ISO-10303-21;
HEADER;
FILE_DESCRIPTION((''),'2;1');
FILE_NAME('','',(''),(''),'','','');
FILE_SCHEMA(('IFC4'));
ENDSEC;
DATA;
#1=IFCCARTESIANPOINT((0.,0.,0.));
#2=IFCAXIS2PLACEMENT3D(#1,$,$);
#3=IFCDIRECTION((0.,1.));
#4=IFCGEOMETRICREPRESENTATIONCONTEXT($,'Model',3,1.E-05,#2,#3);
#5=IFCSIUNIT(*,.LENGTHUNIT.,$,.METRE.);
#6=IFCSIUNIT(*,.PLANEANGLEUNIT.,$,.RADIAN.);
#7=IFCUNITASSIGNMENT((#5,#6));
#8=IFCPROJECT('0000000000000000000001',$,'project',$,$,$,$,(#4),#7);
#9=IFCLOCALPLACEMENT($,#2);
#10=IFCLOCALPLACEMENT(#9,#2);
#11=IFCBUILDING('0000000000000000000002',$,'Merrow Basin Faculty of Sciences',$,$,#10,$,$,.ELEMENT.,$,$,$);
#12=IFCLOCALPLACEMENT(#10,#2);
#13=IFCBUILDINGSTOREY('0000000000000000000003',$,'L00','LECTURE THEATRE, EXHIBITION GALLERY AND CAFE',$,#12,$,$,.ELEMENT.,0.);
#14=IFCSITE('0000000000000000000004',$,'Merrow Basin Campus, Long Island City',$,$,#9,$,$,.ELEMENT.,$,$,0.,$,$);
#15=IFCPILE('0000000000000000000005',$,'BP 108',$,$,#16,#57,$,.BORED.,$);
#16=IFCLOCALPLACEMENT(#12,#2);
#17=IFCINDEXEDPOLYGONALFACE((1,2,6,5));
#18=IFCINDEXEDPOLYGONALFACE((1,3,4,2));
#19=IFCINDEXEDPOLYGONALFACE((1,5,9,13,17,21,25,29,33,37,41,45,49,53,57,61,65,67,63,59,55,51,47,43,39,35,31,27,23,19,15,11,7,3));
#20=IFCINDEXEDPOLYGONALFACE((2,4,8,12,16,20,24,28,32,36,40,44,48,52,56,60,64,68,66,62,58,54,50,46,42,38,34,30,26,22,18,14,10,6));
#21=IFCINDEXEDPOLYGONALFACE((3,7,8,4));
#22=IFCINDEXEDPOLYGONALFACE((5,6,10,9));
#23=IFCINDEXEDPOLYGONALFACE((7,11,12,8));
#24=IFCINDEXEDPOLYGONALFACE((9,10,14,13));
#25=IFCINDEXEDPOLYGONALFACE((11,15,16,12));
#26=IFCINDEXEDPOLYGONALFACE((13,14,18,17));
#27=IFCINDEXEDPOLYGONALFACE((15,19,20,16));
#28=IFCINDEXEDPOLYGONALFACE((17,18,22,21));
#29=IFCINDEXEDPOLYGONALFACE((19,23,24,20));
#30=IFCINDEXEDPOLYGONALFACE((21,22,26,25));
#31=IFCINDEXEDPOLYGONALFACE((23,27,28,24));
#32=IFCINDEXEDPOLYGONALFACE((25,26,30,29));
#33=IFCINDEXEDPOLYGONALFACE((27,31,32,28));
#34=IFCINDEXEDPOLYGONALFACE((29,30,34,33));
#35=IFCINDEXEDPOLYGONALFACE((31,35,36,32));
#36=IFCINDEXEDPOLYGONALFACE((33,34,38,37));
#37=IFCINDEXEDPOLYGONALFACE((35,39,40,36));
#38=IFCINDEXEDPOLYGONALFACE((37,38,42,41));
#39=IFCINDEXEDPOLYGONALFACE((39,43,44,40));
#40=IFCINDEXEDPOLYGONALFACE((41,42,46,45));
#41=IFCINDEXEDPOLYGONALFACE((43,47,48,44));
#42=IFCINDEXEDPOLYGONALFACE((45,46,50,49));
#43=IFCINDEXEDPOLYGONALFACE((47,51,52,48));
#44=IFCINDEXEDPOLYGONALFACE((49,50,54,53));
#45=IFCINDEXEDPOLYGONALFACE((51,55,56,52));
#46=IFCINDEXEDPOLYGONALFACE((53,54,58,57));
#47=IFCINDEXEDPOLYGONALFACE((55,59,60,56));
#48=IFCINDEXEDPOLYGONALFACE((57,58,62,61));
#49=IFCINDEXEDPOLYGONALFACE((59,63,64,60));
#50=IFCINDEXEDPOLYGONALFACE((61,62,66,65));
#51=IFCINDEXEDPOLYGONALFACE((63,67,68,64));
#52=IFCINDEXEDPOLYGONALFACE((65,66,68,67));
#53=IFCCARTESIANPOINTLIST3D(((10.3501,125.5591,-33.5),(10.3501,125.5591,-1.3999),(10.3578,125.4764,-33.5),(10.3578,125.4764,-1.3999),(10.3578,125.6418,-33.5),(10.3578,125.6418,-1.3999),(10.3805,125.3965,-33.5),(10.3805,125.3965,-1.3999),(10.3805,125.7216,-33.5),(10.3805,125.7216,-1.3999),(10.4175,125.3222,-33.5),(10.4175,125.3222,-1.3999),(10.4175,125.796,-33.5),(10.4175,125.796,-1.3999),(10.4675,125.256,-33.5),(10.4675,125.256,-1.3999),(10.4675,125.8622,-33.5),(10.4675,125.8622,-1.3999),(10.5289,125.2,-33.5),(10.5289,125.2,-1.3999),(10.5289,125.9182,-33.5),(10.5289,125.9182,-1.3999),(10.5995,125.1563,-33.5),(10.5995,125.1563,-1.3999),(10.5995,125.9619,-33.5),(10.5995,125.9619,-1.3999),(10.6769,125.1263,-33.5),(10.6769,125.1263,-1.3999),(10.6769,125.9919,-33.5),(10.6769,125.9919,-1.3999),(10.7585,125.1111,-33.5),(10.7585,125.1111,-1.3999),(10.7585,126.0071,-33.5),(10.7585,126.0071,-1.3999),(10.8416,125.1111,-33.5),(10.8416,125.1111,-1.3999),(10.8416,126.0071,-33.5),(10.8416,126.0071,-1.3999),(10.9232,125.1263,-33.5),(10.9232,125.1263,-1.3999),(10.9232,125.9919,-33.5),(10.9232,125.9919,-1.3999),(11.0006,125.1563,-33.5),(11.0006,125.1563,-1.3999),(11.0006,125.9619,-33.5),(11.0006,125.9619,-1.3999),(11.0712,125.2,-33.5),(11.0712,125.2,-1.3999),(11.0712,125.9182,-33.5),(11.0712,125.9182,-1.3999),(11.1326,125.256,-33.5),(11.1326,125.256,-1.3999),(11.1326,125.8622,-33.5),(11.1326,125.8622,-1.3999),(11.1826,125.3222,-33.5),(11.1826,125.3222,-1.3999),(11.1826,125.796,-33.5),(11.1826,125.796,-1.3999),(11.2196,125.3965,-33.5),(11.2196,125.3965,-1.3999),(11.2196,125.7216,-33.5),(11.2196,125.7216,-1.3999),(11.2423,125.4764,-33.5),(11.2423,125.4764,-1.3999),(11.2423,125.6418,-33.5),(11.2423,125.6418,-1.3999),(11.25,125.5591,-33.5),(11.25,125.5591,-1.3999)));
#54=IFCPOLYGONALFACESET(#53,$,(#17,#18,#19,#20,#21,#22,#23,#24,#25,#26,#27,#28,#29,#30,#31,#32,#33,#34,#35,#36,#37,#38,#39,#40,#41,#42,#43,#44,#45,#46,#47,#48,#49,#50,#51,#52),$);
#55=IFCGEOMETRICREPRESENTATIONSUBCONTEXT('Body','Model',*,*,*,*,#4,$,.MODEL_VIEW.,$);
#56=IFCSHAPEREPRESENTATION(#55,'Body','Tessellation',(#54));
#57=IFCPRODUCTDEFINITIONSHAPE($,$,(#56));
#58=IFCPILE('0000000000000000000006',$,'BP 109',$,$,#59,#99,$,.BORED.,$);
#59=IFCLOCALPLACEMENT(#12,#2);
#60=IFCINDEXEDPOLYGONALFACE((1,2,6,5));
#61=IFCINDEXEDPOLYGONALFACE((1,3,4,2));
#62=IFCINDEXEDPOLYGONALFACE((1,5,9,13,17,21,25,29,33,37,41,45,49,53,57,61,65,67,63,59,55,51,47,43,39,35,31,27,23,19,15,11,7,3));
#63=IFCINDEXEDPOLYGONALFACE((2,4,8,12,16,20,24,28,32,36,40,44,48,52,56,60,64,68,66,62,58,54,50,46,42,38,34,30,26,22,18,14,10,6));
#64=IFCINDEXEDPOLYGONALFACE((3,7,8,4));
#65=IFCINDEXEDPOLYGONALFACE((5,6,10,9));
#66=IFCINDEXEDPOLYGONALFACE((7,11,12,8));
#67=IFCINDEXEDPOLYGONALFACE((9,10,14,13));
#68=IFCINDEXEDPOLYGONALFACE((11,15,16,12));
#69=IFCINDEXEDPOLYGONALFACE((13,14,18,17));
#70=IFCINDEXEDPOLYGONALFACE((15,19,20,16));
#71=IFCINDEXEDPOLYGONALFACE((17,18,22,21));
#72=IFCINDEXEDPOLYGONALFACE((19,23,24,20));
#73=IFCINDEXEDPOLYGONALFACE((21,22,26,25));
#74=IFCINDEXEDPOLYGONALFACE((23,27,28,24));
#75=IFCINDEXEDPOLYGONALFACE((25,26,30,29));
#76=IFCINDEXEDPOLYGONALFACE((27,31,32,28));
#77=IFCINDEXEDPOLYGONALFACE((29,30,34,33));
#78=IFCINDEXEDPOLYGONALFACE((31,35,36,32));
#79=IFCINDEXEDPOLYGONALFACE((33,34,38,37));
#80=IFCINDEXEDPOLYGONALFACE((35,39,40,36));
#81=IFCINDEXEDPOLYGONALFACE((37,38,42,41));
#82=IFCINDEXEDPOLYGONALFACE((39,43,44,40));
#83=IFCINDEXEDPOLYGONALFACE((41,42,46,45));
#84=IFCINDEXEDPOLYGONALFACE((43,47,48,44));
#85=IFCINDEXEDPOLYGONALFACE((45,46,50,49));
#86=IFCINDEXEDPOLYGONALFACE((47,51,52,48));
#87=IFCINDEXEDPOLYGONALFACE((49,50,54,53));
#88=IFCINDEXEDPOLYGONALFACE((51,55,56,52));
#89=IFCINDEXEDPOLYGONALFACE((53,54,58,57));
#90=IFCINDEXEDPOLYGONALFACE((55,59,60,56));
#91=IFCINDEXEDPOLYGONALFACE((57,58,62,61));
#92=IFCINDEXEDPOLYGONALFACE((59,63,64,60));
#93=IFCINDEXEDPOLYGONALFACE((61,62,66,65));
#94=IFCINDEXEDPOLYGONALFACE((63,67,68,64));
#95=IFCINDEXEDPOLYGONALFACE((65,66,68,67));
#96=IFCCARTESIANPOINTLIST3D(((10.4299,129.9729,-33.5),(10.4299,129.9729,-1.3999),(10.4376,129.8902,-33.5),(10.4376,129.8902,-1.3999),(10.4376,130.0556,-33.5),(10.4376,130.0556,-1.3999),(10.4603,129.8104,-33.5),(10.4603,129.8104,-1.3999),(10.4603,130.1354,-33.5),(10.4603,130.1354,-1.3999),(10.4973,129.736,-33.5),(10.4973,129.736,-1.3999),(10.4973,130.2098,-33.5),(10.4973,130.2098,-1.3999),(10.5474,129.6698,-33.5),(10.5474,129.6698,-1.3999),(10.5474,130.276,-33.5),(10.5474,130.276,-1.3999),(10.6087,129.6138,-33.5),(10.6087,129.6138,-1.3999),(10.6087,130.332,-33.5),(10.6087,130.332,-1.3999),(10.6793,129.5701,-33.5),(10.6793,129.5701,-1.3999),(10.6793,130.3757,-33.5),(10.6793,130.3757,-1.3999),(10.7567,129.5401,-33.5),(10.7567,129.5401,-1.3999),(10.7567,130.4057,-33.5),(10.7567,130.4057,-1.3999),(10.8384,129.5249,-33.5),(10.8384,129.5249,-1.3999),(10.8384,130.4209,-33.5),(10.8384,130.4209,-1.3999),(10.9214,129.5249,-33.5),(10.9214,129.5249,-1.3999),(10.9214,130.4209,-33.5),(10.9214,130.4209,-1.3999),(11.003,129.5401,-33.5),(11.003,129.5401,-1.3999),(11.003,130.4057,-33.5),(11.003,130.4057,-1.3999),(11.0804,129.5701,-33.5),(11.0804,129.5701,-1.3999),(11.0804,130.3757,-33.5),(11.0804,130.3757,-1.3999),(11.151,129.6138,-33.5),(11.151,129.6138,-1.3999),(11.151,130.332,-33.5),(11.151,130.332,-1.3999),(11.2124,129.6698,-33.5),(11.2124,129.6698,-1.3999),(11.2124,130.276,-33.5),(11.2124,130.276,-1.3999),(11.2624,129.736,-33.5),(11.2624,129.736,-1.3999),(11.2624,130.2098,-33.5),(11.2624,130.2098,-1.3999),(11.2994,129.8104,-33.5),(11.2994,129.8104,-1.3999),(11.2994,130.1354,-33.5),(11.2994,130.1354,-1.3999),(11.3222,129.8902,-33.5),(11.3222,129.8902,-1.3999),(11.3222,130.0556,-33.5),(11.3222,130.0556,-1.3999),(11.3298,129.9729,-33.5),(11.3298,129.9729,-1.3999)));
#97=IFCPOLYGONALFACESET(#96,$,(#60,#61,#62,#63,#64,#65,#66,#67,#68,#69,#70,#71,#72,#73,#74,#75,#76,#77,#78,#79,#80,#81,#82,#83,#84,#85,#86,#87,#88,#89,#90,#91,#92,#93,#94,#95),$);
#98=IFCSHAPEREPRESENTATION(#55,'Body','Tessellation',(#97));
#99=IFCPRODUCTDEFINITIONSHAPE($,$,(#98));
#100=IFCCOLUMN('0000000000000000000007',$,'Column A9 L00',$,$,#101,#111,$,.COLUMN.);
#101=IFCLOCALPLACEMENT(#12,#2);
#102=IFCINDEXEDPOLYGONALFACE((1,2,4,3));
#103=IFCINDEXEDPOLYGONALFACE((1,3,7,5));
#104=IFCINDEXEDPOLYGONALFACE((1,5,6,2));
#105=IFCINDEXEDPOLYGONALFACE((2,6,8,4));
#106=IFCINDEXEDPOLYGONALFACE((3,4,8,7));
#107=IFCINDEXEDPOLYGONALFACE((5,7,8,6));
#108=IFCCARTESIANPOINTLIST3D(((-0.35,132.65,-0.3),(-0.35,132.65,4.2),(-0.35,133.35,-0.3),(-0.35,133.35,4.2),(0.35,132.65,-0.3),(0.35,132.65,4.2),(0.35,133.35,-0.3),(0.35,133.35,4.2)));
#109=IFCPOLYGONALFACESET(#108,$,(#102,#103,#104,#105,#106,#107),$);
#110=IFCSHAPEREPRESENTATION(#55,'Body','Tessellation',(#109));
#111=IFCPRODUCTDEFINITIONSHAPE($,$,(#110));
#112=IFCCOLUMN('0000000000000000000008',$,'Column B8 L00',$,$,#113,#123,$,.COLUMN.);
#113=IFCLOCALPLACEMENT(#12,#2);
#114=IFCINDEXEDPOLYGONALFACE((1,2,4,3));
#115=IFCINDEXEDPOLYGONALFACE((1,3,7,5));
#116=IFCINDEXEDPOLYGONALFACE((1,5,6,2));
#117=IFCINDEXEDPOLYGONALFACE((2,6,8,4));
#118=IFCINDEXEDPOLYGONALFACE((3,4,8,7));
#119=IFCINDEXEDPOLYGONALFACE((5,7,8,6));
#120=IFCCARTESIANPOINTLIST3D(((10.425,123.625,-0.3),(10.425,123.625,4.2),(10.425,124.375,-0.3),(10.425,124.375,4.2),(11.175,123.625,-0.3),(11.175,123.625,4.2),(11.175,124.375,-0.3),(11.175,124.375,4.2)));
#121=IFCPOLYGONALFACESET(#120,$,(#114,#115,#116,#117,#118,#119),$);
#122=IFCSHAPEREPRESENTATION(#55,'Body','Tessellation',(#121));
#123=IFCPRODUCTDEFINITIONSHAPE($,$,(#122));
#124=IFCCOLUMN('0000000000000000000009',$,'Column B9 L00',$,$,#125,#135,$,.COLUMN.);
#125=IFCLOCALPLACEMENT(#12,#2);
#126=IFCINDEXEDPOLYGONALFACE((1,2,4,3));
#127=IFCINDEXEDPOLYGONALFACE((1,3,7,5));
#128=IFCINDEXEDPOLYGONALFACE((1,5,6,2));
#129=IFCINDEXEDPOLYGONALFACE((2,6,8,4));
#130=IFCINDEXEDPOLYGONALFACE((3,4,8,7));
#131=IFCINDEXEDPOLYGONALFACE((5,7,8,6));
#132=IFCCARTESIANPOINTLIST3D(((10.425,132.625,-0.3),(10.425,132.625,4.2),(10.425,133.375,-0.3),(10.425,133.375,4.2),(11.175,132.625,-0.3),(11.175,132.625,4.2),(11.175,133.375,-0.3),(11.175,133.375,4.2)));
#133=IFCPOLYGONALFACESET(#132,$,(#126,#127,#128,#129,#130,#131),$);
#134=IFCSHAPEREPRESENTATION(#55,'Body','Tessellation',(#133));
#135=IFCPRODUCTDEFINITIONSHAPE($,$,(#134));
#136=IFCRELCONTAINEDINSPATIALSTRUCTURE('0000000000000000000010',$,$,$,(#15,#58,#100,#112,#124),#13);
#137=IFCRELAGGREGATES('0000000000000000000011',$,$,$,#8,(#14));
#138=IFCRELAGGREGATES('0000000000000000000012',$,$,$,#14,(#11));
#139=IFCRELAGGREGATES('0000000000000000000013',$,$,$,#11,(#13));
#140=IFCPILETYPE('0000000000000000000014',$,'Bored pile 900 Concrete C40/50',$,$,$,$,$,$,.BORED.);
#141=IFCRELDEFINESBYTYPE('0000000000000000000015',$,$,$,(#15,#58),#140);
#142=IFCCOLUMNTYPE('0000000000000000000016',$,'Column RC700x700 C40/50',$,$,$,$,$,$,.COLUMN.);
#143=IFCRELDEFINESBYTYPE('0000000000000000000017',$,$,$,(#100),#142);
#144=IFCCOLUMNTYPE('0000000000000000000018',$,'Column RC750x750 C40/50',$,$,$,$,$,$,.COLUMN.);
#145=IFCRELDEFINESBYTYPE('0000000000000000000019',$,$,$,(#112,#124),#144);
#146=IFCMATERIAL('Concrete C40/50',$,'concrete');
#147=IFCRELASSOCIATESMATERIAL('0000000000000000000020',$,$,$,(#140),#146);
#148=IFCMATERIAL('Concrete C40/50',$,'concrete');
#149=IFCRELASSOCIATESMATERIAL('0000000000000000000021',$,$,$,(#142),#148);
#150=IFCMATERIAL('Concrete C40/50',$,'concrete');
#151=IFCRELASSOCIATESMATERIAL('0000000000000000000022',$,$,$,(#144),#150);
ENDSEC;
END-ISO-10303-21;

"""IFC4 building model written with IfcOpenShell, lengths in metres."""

from ifc_helpers import new_model, si_unit, direction, frame, origin, origin_2d, place, context, subcontext, project, spatial, rectangle, circle, extrude, material, material_profile, profile_set, type_object, element, save


model = new_model("IFC4")

# Units and contexts
model_context = context("Model", 3, precision=1e-05, world=origin(), true_north=direction((0.0, 1.0)))
body_context = subcontext(model_context, "Body", "Model", "MODEL_VIEW")
ifc_project = project(units=[si_unit("LENGTHUNIT", "METRE"), si_unit("PLANEANGLEUNIT", "RADIAN")], contexts=[model_context])

# Site, building, storey
site_placement = place(None, origin())
site = spatial("IfcSite", under=ifc_project, at=site_placement, Name="Merrow Basin Campus, Long Island City", CompositionType="ELEMENT", RefElevation=0.0)
building_placement = place(site_placement, origin())
building = spatial("IfcBuilding", under=site, at=building_placement, Name="Merrow Basin Faculty of Sciences", CompositionType="ELEMENT")
storey_placement = place(building_placement, origin())
storey = spatial("IfcBuildingStorey", under=building, at=storey_placement, Name="L00", Description="LECTURE THEATRE, EXHIBITION GALLERY AND CAFE", CompositionType="ELEMENT", Elevation=0.0)

# Piles
ifc_material_1 = material(Name="Concrete C40/50", Category="concrete")
ifc_material_profile_1 = material_profile(ifc_material_1, circle(Radius=0.45, at=origin_2d()))
ifc_profile_set_1 = profile_set([ifc_material_profile_1], Name="Concrete C40/50")
pile_type = type_object("IfcPileType", Name="Bored pile 900 Concrete C40/50", PredefinedType="BORED", material=ifc_profile_set_1)
for number, where, z_axis, x_axis, name in (
    (1, (10.8, 125.5591, -1.3999), (0.0, 0.0, -1.0), (1.0, 0.0, 0.0), "BP 108"),
    (2, (10.8799, 129.9729, -1.3999), (0.0, 0.0, -1.0), (1.0, 0.0, 0.0), "BP 109"),
):
    element("IfcPile", number, at=place(storey_placement, frame(where, z_axis=z_axis, x_axis=x_axis)), inside=storey, type_object=pile_type, Name=name, PredefinedType="BORED", context=body_context, shape_type="SweptSolid", body=[
        extrude(circle(Radius=0.45, at=origin_2d()), origin(), (0.0, 0.0, 1.0), 32.1001),
    ])

# Columns
ifc_material_2 = material(Name="Concrete C40/50", Category="concrete")
ifc_material_profile_2 = material_profile(ifc_material_2, rectangle(XDim=0.7, YDim=0.7, at=origin_2d()))
ifc_profile_set_2 = profile_set([ifc_material_profile_2], Name="Concrete C40/50")
column_type_1 = type_object("IfcColumnType", Name="Column RC700x700 C40/50", PredefinedType="COLUMN", material=ifc_profile_set_2)
column_placement = place(storey_placement, frame((0.0, 133.0, -0.3), z_axis=(0.0, 0.0, 1.0), x_axis=(1.0, 0.0, 0.0)))
element("IfcColumn", 3, at=column_placement, inside=storey, type_object=column_type_1, Name="Column A9 L00", PredefinedType="COLUMN", context=body_context, shape_type="SweptSolid", body=[
    extrude(rectangle(XDim=0.7, YDim=0.7, at=origin_2d()), origin(), (0.0, 0.0, 1.0), 4.5),
])
ifc_material_3 = material(Name="Concrete C40/50", Category="concrete")
ifc_material_profile_3 = material_profile(ifc_material_3, rectangle(XDim=0.75, YDim=0.75, at=origin_2d()))
ifc_profile_set_3 = profile_set([ifc_material_profile_3], Name="Concrete C40/50")
column_type_2 = type_object("IfcColumnType", Name="Column RC750x750 C40/50", PredefinedType="COLUMN", material=ifc_profile_set_3)
for number, where, z_axis, x_axis, name in (
    (4, (10.8, 124.0, -0.3), (0.0, 0.0, 1.0), (1.0, 0.0, 0.0), "Column B8 L00"),
    (5, (10.8, 133.0, -0.3), (0.0, 0.0, 1.0), (1.0, 0.0, 0.0), "Column B9 L00"),
):
    element("IfcColumn", number, at=place(storey_placement, frame(where, z_axis=z_axis, x_axis=x_axis)), inside=storey, type_object=column_type_2, Name=name, PredefinedType="COLUMN", context=body_context, shape_type="SweptSolid", body=[
        extrude(rectangle(XDim=0.75, YDim=0.75, at=origin_2d()), origin(), (0.0, 0.0, 1.0), 4.5),
    ])

save(model, "model.ifc")
